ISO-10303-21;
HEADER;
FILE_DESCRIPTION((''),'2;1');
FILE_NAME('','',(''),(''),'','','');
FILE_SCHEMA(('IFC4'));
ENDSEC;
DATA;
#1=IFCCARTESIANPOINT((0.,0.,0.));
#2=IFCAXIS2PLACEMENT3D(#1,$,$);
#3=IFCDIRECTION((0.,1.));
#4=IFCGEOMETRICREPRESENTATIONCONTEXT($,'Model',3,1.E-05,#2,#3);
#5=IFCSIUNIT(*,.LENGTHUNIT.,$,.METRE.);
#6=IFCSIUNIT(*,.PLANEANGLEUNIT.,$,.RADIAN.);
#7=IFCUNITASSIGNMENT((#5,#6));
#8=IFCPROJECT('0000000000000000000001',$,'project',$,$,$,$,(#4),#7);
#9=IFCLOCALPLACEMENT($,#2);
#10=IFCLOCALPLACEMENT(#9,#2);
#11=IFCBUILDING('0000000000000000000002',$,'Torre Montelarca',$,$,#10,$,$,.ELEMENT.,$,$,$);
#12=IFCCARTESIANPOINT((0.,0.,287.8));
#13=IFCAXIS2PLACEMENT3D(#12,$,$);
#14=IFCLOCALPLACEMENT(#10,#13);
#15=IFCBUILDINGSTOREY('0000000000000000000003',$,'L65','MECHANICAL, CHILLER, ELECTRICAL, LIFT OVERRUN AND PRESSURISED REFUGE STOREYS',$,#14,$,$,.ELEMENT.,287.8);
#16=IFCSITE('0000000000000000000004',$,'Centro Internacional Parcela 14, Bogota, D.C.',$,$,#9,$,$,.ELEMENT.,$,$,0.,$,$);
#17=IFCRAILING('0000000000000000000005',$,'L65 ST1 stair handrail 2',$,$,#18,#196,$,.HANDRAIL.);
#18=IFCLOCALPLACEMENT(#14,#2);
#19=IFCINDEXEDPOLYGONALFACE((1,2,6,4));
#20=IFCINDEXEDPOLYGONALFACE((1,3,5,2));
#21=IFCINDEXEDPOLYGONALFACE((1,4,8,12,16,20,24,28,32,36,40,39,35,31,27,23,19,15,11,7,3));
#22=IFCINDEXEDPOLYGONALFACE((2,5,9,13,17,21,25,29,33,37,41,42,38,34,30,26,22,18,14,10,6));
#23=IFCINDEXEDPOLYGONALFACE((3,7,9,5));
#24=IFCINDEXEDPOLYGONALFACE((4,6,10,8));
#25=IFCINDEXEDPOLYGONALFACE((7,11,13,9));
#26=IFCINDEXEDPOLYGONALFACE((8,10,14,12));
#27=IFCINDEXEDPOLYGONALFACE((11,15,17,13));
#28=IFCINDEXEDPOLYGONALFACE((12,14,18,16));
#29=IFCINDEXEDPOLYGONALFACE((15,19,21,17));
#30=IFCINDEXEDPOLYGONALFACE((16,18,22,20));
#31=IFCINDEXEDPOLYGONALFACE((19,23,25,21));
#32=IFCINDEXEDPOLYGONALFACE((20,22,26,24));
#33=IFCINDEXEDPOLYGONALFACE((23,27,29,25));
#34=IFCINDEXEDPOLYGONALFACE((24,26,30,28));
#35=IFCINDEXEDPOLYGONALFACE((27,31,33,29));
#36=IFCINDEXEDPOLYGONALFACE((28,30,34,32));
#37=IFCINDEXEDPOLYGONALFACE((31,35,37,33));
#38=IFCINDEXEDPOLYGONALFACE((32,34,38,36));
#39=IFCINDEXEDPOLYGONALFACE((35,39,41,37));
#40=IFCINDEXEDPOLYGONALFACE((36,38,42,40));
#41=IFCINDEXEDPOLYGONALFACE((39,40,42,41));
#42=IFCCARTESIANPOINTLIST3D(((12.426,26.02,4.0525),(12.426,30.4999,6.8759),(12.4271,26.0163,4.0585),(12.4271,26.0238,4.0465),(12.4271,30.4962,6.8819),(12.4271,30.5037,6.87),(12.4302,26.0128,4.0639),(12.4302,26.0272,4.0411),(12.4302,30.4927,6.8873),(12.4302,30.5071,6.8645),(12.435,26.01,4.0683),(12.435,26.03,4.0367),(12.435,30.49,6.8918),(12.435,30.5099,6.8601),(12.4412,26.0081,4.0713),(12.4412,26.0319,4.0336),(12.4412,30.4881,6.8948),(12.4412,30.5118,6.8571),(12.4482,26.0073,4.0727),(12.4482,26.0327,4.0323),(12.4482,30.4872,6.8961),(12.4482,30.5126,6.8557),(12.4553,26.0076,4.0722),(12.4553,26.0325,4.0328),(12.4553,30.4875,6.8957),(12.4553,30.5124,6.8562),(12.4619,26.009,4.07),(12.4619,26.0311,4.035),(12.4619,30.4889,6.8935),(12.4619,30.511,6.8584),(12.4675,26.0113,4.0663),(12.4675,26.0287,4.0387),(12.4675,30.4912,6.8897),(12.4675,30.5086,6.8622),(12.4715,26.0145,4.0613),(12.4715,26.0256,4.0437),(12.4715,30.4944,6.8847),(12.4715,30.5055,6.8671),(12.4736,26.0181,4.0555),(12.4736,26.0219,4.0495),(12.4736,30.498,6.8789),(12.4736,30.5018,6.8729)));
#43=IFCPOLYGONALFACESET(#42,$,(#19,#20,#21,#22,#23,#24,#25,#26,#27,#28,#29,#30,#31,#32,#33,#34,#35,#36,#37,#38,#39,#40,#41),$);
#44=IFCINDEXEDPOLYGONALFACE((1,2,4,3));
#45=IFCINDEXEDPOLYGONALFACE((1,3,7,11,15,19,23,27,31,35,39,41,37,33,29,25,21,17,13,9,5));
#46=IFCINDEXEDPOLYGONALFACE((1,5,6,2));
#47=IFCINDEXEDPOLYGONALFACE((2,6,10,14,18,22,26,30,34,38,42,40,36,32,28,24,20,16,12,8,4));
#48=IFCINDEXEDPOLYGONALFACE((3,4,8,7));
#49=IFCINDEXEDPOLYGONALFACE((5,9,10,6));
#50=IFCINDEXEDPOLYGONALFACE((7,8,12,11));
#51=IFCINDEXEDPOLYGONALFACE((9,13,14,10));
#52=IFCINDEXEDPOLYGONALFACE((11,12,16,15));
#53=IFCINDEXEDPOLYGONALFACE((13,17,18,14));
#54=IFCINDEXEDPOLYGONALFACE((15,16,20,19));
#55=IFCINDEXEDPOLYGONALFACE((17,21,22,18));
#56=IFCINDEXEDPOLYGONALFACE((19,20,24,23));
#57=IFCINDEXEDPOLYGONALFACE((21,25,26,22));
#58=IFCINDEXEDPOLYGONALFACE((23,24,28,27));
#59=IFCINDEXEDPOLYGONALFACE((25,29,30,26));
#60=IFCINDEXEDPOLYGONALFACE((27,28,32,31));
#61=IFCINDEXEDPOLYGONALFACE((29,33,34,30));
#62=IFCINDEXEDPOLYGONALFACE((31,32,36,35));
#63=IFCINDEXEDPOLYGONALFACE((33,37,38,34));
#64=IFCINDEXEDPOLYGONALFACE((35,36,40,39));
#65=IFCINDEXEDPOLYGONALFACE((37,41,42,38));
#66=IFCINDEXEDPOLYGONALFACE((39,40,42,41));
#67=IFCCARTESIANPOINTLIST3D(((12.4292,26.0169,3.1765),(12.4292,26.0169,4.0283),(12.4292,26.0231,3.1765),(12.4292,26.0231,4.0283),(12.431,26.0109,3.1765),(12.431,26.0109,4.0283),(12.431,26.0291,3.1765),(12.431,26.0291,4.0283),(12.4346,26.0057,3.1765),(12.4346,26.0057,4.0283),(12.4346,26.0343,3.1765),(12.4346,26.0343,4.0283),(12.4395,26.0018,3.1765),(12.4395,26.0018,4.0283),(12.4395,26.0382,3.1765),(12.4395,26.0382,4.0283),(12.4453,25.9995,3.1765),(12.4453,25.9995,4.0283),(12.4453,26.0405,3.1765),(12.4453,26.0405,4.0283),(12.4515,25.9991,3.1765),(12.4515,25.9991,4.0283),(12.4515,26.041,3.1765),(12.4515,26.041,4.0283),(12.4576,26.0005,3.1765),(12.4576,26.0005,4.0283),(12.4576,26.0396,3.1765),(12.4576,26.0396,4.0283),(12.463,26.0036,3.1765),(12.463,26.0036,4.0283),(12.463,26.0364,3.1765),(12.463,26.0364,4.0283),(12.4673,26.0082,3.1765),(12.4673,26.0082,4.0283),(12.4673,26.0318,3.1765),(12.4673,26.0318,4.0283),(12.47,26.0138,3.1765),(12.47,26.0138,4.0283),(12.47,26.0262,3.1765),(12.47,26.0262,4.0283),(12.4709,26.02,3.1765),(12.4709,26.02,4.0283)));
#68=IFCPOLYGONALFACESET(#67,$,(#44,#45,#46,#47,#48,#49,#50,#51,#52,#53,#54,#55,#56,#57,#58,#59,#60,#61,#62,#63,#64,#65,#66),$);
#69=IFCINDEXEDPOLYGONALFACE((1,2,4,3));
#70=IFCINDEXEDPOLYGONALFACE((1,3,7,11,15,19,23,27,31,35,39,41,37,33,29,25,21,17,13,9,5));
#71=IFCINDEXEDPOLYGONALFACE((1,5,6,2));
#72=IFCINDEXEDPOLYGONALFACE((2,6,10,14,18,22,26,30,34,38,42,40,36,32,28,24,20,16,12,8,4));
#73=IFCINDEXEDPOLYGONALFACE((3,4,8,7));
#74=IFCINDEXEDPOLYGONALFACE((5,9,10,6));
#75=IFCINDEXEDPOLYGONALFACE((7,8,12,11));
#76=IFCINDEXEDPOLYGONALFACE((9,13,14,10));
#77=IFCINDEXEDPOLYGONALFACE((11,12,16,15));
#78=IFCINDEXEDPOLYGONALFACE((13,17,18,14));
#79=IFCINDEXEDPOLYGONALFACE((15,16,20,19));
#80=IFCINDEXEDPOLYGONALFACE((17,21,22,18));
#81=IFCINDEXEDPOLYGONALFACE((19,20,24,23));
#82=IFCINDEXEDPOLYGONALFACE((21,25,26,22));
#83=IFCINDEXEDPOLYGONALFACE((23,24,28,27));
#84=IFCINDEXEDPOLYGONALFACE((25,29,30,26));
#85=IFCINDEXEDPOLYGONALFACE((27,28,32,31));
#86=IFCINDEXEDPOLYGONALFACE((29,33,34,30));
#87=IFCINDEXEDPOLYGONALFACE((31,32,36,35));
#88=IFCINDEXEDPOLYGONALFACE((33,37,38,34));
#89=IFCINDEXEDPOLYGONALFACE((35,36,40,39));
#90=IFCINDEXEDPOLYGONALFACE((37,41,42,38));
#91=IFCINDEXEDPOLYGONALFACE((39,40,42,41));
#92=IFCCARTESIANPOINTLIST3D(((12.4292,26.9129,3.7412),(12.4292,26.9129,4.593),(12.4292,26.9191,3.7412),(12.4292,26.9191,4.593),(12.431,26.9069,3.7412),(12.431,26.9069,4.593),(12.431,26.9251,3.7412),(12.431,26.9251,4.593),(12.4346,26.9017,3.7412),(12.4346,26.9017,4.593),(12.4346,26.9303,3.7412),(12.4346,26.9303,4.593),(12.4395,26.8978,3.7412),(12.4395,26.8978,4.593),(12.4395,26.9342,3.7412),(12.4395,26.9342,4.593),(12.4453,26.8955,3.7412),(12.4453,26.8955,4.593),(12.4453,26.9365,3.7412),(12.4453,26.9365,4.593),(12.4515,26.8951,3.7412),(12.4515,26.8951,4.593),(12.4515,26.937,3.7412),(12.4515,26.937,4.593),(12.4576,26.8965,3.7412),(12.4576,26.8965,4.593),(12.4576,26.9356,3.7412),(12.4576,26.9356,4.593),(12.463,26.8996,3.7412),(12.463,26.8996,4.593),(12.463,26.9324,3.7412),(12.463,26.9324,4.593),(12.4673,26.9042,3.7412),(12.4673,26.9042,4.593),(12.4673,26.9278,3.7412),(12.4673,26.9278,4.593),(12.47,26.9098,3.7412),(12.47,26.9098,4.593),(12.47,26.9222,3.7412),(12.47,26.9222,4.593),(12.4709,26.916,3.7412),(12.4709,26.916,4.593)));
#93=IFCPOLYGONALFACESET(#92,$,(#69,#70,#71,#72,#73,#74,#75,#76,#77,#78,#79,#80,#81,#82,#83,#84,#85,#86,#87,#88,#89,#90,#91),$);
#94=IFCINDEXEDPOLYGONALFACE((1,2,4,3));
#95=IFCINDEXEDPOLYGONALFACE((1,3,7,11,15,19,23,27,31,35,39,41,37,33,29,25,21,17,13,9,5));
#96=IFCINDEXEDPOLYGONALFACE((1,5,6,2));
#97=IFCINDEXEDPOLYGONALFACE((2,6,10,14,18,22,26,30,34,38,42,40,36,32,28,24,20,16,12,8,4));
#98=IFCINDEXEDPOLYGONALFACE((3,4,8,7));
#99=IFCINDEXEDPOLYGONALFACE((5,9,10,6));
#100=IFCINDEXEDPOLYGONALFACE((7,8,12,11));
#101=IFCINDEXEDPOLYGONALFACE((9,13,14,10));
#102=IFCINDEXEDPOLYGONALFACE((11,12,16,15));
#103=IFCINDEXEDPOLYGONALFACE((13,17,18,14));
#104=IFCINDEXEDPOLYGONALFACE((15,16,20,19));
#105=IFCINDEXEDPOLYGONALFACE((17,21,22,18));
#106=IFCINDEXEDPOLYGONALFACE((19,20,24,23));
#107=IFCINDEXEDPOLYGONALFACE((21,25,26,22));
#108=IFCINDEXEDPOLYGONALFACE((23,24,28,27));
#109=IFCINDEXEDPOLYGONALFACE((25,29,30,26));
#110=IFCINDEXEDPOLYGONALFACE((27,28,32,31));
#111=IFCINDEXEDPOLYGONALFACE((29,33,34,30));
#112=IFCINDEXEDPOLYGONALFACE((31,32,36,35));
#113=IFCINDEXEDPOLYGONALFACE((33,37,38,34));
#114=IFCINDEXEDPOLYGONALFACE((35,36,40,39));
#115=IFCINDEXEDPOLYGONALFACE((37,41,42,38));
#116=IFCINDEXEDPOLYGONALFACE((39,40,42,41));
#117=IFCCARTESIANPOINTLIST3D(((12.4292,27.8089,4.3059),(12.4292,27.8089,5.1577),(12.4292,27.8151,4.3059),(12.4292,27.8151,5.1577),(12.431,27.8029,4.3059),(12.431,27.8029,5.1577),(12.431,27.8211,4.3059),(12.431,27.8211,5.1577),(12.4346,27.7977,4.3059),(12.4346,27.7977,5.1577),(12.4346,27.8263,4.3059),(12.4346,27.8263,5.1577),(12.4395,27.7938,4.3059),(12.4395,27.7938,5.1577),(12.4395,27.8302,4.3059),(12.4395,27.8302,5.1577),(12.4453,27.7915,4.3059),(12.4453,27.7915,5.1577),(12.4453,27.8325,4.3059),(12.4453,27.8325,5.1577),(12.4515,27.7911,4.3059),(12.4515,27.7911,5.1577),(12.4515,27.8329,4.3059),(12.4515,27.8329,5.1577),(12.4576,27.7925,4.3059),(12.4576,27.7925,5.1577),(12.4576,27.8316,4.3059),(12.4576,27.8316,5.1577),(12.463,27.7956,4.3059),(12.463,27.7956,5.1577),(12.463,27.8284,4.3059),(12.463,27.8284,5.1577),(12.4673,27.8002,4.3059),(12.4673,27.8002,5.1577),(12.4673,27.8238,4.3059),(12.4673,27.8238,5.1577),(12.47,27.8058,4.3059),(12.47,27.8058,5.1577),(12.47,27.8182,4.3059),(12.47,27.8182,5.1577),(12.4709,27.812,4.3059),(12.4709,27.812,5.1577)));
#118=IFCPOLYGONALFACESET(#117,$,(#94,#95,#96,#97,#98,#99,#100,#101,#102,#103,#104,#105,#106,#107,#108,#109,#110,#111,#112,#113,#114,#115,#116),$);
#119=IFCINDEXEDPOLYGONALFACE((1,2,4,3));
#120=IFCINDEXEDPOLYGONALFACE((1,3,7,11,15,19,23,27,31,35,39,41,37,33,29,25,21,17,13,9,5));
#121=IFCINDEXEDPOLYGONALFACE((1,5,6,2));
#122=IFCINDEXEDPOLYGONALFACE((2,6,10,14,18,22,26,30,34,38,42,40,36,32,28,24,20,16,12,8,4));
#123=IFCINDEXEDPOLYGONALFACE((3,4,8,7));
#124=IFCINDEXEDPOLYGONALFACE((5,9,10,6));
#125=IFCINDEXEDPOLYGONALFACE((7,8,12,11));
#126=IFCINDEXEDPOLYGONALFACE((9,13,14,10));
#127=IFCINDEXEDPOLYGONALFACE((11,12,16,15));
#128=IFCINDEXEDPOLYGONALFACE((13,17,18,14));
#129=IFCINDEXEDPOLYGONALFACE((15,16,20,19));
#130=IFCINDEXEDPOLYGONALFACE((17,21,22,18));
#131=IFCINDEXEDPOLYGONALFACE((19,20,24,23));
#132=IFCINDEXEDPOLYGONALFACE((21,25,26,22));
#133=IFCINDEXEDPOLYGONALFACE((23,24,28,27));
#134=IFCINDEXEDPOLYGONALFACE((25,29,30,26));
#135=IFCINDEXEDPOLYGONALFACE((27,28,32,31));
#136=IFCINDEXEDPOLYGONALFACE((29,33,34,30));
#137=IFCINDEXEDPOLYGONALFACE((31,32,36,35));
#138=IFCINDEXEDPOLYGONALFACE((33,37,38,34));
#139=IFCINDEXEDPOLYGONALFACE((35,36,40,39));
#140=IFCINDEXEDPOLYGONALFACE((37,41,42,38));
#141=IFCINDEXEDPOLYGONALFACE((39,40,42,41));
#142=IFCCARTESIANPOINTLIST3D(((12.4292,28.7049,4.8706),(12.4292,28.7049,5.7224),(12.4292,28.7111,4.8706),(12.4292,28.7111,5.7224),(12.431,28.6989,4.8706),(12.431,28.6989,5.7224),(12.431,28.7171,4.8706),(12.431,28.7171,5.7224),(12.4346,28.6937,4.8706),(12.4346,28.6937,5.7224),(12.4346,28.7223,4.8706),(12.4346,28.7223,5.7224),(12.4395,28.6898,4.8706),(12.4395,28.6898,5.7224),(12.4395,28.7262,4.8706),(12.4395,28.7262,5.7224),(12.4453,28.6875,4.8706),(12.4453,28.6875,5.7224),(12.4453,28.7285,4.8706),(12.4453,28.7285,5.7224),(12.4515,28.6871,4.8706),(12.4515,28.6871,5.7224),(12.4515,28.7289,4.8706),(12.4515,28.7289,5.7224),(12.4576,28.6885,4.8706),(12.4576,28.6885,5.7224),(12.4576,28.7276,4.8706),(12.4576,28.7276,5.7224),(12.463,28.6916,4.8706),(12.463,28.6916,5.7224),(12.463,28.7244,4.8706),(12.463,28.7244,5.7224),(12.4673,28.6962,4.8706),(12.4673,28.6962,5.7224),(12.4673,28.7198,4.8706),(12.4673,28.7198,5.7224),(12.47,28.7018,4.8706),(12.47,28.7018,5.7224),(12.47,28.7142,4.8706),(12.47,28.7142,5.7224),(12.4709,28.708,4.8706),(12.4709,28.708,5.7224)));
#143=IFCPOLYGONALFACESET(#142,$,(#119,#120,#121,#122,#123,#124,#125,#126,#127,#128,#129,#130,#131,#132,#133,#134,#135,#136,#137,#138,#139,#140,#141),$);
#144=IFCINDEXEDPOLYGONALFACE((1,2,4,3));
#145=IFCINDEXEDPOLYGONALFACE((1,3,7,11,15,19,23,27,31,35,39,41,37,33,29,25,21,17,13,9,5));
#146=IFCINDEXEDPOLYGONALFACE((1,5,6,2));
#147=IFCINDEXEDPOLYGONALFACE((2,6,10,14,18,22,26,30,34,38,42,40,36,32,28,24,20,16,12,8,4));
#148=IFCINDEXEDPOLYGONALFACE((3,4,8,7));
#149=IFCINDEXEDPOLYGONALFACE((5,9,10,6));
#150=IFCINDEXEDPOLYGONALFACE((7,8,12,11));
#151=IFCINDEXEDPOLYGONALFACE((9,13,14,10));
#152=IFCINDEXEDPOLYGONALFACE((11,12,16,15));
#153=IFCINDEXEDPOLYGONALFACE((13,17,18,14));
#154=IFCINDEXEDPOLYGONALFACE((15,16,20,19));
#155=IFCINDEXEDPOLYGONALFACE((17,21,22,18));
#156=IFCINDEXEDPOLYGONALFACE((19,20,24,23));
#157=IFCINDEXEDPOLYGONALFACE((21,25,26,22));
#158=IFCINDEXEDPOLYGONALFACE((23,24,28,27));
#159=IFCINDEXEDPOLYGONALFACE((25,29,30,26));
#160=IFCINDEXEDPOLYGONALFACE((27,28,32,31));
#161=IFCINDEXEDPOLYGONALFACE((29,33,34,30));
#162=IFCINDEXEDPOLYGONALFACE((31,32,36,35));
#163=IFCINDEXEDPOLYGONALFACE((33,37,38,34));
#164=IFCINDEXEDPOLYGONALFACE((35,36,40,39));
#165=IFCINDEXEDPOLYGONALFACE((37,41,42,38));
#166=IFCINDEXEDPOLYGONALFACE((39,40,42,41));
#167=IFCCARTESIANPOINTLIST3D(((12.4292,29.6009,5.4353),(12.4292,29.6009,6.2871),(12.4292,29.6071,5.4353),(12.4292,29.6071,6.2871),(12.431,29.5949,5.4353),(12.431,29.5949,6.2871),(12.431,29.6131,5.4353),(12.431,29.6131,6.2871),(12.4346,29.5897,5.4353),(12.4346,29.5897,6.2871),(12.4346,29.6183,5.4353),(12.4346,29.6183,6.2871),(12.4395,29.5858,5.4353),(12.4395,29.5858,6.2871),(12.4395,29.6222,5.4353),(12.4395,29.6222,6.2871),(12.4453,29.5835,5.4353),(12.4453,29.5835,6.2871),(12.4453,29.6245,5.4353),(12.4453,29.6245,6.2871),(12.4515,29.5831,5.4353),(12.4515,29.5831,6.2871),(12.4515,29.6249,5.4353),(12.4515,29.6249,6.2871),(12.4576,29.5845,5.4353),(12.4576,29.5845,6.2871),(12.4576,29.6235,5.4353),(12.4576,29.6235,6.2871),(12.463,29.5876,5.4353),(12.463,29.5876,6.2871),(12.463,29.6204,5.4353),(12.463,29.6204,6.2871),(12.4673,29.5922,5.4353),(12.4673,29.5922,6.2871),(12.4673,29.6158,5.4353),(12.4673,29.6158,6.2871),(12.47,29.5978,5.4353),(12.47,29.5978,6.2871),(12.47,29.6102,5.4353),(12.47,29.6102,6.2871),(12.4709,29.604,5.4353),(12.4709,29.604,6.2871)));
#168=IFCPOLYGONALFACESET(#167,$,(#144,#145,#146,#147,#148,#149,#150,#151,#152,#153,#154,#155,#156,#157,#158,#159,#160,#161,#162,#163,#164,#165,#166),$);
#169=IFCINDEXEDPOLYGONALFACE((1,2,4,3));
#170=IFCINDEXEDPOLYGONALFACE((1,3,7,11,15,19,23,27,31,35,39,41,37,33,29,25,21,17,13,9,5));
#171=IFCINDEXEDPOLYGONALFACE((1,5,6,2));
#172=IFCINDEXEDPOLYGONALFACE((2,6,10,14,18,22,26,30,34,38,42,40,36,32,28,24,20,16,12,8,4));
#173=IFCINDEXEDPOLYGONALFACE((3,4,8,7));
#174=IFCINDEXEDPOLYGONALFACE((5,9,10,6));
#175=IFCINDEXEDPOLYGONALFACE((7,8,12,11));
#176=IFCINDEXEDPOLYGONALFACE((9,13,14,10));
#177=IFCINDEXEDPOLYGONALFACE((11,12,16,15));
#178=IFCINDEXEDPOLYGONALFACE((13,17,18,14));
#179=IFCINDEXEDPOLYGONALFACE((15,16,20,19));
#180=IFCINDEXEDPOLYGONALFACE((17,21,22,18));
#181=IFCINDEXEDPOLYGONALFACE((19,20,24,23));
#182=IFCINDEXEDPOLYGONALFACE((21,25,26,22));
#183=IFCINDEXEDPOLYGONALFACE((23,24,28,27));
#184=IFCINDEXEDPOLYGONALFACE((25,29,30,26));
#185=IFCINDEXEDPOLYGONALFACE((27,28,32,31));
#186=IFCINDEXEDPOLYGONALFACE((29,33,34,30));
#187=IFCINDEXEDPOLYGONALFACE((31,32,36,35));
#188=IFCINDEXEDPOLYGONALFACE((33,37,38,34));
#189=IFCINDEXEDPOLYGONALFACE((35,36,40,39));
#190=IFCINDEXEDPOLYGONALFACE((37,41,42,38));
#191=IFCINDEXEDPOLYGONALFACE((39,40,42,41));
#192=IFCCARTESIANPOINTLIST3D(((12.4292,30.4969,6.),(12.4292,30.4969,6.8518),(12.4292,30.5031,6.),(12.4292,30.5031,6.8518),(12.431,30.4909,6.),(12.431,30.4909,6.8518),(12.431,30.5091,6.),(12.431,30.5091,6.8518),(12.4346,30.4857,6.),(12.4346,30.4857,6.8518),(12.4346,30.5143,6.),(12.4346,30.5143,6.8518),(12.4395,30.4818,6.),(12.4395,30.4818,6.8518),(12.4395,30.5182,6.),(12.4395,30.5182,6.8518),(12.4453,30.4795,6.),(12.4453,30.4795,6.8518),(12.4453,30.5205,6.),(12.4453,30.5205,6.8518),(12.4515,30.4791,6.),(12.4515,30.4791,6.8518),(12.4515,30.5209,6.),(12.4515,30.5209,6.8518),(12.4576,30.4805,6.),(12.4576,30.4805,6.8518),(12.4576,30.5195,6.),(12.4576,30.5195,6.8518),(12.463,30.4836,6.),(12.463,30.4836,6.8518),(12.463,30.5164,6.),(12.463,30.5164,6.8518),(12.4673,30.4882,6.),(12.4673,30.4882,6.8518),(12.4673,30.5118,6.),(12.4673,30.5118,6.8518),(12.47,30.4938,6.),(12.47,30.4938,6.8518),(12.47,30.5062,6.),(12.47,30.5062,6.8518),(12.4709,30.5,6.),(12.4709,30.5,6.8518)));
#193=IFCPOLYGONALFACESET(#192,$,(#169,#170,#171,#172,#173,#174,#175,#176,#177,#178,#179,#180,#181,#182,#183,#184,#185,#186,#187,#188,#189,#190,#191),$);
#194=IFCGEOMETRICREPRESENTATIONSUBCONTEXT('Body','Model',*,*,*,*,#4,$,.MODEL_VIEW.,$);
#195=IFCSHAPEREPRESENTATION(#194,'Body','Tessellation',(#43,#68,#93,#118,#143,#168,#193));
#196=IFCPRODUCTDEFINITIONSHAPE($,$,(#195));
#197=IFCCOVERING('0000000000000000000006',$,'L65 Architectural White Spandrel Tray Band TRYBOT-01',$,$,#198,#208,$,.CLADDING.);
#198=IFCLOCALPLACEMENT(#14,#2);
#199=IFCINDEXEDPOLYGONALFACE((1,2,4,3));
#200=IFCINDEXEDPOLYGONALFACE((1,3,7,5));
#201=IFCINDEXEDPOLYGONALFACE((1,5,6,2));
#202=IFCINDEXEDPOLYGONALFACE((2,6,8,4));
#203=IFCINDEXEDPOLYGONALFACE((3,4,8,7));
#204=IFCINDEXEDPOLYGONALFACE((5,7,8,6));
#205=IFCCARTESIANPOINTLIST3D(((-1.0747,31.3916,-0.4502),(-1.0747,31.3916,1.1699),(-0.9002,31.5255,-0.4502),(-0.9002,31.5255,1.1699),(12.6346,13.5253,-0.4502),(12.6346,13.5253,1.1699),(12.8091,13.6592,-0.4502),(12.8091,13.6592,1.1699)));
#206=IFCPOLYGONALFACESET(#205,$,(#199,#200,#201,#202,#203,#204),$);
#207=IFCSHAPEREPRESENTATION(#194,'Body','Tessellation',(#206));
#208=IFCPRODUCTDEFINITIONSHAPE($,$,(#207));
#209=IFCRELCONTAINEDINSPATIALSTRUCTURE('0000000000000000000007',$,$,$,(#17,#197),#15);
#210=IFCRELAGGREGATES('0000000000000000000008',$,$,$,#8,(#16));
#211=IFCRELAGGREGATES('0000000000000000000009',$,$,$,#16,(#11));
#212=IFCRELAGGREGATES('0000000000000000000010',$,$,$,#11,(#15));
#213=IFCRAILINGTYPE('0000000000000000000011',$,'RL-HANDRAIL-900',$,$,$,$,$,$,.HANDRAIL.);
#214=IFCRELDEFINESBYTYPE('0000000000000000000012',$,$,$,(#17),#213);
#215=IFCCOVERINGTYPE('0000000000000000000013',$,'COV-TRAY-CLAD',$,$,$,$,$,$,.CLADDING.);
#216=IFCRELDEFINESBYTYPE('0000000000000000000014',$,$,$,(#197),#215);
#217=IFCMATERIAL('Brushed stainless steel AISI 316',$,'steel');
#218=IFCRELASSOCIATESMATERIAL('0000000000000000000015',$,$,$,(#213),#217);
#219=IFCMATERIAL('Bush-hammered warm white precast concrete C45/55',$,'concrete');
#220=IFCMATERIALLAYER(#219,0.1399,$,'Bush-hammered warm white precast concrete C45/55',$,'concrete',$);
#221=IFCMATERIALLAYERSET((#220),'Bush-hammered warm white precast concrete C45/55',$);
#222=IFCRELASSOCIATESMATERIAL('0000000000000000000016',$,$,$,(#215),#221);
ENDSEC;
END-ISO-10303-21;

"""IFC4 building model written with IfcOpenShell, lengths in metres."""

from ifc_helpers import new_model, si_unit, direction, frame, origin, origin_2d, place, context, subcontext, project, spatial, rectangle, circle, extrude, source, transform, mapped, material, layer, layer_set, type_object, element, save


model = new_model("IFC4")

# Units and contexts
model_context = context("Model", 3, precision=1e-05, world=origin(), true_north=direction((0.0, 1.0)))
body_context = subcontext(model_context, "Body", "Model", "MODEL_VIEW")
ifc_project = project(units=[si_unit("LENGTHUNIT", "METRE"), si_unit("PLANEANGLEUNIT", "RADIAN")], contexts=[model_context])

# Site, building, storey
site_placement = place(None, origin())
site = spatial("IfcSite", under=ifc_project, at=site_placement, Name="Centro Internacional Parcela 14, Bogota, D.C.", CompositionType="ELEMENT", RefElevation=0.0)
building_placement = place(site_placement, origin())
building = spatial("IfcBuilding", under=site, at=building_placement, Name="Torre Montelarca", CompositionType="ELEMENT")
storey_placement = place(building_placement, frame((0.0, 0.0, 287.8)))
storey = spatial("IfcBuildingStorey", under=building, at=storey_placement, Name="L65", Description="MECHANICAL, CHILLER, ELECTRICAL, LIFT OVERRUN AND PRESSURISED REFUGE STOREYS", CompositionType="ELEMENT", Elevation=287.8)

# Railing
ifc_material_1 = material(Name="Brushed stainless steel AISI 316", Category="steel")
railing_type_1 = type_object("IfcRailingType", Name="RL-HANDRAIL-900", PredefinedType="HANDRAIL", material=ifc_material_1)
railing_1_placement = place(storey_placement, frame((12.45, 26.02, 3.1765)))
element("IfcRailing", 1, at=railing_1_placement, inside=storey, type_object=railing_type_1, Name="L65 ST1 stair handrail 2", PredefinedType="HANDRAIL", context=body_context, shape_type="SweptSolid", body=[
    extrude(circle(Radius=0.0239, at=origin_2d()), frame((0.0, 0.0, 0.876), z_axis=(0.0, 0.845998, 0.533186), x_axis=(-1.0, 0.0, 0.0)), (0.0, 0.0, 1.0), 5.2954),
    extrude(circle(Radius=0.021, at=origin_2d()), origin(), (0.0, 0.0, 1.0), 0.8518),
    extrude(circle(Radius=0.021, at=origin_2d()), frame((0.0, 0.896, 0.5647)), (0.0, 0.0, 1.0), 0.8518),
    extrude(circle(Radius=0.021, at=origin_2d()), frame((0.0, 1.792, 1.1294)), (0.0, 0.0, 1.0), 0.8518),
    extrude(circle(Radius=0.021, at=origin_2d()), frame((0.0, 2.688, 1.6941)), (0.0, 0.0, 1.0), 0.8518),
    extrude(circle(Radius=0.021, at=origin_2d()), frame((0.0, 3.584, 2.2588)), (0.0, 0.0, 1.0), 0.8518),
    extrude(circle(Radius=0.021, at=origin_2d()), frame((0.0, 4.48, 2.8235)), (0.0, 0.0, 1.0), 0.8518),
])

# Covering
ifc_material_2 = material(Name="Bush-hammered warm white precast concrete C45/55", Category="concrete")
ifc_layer_1 = layer(ifc_material_2, 0.1399, Name="Bush-hammered warm white precast concrete C45/55", Category="concrete")
ifc_layer_set_1 = layer_set([ifc_layer_1], Name="Bush-hammered warm white precast concrete C45/55")
covering_type = type_object("IfcCoveringType", Name="COV-TRAY-CLAD", PredefinedType="CLADDING", material=ifc_layer_set_1)
shared_shape_1 = source(origin(), body_context, "Body", "SweptSolid", [
    extrude(rectangle(XDim=22.52, YDim=0.22, at=origin_2d()), origin(), (0.0, 0.0, 1.0), 1.6201),
])
covering_1_placement = place(storey_placement, frame((5.8672, 22.5254, -0.4502), z_axis=(0.0, 0.0, 1.0), x_axis=(0.608763, -0.793352, 0.0)))
element("IfcCovering", 2, at=covering_1_placement, inside=storey, type_object=covering_type, Name="L65 Architectural White Spandrel Tray Band TRYBOT-01", PredefinedType="CLADDING", context=body_context, shape_type="MappedRepresentation", body=[
    mapped(shared_shape_1, transform((0.0, 0.0, 0.0), scale=1.0)),
])

save(model, "model.ifc")
